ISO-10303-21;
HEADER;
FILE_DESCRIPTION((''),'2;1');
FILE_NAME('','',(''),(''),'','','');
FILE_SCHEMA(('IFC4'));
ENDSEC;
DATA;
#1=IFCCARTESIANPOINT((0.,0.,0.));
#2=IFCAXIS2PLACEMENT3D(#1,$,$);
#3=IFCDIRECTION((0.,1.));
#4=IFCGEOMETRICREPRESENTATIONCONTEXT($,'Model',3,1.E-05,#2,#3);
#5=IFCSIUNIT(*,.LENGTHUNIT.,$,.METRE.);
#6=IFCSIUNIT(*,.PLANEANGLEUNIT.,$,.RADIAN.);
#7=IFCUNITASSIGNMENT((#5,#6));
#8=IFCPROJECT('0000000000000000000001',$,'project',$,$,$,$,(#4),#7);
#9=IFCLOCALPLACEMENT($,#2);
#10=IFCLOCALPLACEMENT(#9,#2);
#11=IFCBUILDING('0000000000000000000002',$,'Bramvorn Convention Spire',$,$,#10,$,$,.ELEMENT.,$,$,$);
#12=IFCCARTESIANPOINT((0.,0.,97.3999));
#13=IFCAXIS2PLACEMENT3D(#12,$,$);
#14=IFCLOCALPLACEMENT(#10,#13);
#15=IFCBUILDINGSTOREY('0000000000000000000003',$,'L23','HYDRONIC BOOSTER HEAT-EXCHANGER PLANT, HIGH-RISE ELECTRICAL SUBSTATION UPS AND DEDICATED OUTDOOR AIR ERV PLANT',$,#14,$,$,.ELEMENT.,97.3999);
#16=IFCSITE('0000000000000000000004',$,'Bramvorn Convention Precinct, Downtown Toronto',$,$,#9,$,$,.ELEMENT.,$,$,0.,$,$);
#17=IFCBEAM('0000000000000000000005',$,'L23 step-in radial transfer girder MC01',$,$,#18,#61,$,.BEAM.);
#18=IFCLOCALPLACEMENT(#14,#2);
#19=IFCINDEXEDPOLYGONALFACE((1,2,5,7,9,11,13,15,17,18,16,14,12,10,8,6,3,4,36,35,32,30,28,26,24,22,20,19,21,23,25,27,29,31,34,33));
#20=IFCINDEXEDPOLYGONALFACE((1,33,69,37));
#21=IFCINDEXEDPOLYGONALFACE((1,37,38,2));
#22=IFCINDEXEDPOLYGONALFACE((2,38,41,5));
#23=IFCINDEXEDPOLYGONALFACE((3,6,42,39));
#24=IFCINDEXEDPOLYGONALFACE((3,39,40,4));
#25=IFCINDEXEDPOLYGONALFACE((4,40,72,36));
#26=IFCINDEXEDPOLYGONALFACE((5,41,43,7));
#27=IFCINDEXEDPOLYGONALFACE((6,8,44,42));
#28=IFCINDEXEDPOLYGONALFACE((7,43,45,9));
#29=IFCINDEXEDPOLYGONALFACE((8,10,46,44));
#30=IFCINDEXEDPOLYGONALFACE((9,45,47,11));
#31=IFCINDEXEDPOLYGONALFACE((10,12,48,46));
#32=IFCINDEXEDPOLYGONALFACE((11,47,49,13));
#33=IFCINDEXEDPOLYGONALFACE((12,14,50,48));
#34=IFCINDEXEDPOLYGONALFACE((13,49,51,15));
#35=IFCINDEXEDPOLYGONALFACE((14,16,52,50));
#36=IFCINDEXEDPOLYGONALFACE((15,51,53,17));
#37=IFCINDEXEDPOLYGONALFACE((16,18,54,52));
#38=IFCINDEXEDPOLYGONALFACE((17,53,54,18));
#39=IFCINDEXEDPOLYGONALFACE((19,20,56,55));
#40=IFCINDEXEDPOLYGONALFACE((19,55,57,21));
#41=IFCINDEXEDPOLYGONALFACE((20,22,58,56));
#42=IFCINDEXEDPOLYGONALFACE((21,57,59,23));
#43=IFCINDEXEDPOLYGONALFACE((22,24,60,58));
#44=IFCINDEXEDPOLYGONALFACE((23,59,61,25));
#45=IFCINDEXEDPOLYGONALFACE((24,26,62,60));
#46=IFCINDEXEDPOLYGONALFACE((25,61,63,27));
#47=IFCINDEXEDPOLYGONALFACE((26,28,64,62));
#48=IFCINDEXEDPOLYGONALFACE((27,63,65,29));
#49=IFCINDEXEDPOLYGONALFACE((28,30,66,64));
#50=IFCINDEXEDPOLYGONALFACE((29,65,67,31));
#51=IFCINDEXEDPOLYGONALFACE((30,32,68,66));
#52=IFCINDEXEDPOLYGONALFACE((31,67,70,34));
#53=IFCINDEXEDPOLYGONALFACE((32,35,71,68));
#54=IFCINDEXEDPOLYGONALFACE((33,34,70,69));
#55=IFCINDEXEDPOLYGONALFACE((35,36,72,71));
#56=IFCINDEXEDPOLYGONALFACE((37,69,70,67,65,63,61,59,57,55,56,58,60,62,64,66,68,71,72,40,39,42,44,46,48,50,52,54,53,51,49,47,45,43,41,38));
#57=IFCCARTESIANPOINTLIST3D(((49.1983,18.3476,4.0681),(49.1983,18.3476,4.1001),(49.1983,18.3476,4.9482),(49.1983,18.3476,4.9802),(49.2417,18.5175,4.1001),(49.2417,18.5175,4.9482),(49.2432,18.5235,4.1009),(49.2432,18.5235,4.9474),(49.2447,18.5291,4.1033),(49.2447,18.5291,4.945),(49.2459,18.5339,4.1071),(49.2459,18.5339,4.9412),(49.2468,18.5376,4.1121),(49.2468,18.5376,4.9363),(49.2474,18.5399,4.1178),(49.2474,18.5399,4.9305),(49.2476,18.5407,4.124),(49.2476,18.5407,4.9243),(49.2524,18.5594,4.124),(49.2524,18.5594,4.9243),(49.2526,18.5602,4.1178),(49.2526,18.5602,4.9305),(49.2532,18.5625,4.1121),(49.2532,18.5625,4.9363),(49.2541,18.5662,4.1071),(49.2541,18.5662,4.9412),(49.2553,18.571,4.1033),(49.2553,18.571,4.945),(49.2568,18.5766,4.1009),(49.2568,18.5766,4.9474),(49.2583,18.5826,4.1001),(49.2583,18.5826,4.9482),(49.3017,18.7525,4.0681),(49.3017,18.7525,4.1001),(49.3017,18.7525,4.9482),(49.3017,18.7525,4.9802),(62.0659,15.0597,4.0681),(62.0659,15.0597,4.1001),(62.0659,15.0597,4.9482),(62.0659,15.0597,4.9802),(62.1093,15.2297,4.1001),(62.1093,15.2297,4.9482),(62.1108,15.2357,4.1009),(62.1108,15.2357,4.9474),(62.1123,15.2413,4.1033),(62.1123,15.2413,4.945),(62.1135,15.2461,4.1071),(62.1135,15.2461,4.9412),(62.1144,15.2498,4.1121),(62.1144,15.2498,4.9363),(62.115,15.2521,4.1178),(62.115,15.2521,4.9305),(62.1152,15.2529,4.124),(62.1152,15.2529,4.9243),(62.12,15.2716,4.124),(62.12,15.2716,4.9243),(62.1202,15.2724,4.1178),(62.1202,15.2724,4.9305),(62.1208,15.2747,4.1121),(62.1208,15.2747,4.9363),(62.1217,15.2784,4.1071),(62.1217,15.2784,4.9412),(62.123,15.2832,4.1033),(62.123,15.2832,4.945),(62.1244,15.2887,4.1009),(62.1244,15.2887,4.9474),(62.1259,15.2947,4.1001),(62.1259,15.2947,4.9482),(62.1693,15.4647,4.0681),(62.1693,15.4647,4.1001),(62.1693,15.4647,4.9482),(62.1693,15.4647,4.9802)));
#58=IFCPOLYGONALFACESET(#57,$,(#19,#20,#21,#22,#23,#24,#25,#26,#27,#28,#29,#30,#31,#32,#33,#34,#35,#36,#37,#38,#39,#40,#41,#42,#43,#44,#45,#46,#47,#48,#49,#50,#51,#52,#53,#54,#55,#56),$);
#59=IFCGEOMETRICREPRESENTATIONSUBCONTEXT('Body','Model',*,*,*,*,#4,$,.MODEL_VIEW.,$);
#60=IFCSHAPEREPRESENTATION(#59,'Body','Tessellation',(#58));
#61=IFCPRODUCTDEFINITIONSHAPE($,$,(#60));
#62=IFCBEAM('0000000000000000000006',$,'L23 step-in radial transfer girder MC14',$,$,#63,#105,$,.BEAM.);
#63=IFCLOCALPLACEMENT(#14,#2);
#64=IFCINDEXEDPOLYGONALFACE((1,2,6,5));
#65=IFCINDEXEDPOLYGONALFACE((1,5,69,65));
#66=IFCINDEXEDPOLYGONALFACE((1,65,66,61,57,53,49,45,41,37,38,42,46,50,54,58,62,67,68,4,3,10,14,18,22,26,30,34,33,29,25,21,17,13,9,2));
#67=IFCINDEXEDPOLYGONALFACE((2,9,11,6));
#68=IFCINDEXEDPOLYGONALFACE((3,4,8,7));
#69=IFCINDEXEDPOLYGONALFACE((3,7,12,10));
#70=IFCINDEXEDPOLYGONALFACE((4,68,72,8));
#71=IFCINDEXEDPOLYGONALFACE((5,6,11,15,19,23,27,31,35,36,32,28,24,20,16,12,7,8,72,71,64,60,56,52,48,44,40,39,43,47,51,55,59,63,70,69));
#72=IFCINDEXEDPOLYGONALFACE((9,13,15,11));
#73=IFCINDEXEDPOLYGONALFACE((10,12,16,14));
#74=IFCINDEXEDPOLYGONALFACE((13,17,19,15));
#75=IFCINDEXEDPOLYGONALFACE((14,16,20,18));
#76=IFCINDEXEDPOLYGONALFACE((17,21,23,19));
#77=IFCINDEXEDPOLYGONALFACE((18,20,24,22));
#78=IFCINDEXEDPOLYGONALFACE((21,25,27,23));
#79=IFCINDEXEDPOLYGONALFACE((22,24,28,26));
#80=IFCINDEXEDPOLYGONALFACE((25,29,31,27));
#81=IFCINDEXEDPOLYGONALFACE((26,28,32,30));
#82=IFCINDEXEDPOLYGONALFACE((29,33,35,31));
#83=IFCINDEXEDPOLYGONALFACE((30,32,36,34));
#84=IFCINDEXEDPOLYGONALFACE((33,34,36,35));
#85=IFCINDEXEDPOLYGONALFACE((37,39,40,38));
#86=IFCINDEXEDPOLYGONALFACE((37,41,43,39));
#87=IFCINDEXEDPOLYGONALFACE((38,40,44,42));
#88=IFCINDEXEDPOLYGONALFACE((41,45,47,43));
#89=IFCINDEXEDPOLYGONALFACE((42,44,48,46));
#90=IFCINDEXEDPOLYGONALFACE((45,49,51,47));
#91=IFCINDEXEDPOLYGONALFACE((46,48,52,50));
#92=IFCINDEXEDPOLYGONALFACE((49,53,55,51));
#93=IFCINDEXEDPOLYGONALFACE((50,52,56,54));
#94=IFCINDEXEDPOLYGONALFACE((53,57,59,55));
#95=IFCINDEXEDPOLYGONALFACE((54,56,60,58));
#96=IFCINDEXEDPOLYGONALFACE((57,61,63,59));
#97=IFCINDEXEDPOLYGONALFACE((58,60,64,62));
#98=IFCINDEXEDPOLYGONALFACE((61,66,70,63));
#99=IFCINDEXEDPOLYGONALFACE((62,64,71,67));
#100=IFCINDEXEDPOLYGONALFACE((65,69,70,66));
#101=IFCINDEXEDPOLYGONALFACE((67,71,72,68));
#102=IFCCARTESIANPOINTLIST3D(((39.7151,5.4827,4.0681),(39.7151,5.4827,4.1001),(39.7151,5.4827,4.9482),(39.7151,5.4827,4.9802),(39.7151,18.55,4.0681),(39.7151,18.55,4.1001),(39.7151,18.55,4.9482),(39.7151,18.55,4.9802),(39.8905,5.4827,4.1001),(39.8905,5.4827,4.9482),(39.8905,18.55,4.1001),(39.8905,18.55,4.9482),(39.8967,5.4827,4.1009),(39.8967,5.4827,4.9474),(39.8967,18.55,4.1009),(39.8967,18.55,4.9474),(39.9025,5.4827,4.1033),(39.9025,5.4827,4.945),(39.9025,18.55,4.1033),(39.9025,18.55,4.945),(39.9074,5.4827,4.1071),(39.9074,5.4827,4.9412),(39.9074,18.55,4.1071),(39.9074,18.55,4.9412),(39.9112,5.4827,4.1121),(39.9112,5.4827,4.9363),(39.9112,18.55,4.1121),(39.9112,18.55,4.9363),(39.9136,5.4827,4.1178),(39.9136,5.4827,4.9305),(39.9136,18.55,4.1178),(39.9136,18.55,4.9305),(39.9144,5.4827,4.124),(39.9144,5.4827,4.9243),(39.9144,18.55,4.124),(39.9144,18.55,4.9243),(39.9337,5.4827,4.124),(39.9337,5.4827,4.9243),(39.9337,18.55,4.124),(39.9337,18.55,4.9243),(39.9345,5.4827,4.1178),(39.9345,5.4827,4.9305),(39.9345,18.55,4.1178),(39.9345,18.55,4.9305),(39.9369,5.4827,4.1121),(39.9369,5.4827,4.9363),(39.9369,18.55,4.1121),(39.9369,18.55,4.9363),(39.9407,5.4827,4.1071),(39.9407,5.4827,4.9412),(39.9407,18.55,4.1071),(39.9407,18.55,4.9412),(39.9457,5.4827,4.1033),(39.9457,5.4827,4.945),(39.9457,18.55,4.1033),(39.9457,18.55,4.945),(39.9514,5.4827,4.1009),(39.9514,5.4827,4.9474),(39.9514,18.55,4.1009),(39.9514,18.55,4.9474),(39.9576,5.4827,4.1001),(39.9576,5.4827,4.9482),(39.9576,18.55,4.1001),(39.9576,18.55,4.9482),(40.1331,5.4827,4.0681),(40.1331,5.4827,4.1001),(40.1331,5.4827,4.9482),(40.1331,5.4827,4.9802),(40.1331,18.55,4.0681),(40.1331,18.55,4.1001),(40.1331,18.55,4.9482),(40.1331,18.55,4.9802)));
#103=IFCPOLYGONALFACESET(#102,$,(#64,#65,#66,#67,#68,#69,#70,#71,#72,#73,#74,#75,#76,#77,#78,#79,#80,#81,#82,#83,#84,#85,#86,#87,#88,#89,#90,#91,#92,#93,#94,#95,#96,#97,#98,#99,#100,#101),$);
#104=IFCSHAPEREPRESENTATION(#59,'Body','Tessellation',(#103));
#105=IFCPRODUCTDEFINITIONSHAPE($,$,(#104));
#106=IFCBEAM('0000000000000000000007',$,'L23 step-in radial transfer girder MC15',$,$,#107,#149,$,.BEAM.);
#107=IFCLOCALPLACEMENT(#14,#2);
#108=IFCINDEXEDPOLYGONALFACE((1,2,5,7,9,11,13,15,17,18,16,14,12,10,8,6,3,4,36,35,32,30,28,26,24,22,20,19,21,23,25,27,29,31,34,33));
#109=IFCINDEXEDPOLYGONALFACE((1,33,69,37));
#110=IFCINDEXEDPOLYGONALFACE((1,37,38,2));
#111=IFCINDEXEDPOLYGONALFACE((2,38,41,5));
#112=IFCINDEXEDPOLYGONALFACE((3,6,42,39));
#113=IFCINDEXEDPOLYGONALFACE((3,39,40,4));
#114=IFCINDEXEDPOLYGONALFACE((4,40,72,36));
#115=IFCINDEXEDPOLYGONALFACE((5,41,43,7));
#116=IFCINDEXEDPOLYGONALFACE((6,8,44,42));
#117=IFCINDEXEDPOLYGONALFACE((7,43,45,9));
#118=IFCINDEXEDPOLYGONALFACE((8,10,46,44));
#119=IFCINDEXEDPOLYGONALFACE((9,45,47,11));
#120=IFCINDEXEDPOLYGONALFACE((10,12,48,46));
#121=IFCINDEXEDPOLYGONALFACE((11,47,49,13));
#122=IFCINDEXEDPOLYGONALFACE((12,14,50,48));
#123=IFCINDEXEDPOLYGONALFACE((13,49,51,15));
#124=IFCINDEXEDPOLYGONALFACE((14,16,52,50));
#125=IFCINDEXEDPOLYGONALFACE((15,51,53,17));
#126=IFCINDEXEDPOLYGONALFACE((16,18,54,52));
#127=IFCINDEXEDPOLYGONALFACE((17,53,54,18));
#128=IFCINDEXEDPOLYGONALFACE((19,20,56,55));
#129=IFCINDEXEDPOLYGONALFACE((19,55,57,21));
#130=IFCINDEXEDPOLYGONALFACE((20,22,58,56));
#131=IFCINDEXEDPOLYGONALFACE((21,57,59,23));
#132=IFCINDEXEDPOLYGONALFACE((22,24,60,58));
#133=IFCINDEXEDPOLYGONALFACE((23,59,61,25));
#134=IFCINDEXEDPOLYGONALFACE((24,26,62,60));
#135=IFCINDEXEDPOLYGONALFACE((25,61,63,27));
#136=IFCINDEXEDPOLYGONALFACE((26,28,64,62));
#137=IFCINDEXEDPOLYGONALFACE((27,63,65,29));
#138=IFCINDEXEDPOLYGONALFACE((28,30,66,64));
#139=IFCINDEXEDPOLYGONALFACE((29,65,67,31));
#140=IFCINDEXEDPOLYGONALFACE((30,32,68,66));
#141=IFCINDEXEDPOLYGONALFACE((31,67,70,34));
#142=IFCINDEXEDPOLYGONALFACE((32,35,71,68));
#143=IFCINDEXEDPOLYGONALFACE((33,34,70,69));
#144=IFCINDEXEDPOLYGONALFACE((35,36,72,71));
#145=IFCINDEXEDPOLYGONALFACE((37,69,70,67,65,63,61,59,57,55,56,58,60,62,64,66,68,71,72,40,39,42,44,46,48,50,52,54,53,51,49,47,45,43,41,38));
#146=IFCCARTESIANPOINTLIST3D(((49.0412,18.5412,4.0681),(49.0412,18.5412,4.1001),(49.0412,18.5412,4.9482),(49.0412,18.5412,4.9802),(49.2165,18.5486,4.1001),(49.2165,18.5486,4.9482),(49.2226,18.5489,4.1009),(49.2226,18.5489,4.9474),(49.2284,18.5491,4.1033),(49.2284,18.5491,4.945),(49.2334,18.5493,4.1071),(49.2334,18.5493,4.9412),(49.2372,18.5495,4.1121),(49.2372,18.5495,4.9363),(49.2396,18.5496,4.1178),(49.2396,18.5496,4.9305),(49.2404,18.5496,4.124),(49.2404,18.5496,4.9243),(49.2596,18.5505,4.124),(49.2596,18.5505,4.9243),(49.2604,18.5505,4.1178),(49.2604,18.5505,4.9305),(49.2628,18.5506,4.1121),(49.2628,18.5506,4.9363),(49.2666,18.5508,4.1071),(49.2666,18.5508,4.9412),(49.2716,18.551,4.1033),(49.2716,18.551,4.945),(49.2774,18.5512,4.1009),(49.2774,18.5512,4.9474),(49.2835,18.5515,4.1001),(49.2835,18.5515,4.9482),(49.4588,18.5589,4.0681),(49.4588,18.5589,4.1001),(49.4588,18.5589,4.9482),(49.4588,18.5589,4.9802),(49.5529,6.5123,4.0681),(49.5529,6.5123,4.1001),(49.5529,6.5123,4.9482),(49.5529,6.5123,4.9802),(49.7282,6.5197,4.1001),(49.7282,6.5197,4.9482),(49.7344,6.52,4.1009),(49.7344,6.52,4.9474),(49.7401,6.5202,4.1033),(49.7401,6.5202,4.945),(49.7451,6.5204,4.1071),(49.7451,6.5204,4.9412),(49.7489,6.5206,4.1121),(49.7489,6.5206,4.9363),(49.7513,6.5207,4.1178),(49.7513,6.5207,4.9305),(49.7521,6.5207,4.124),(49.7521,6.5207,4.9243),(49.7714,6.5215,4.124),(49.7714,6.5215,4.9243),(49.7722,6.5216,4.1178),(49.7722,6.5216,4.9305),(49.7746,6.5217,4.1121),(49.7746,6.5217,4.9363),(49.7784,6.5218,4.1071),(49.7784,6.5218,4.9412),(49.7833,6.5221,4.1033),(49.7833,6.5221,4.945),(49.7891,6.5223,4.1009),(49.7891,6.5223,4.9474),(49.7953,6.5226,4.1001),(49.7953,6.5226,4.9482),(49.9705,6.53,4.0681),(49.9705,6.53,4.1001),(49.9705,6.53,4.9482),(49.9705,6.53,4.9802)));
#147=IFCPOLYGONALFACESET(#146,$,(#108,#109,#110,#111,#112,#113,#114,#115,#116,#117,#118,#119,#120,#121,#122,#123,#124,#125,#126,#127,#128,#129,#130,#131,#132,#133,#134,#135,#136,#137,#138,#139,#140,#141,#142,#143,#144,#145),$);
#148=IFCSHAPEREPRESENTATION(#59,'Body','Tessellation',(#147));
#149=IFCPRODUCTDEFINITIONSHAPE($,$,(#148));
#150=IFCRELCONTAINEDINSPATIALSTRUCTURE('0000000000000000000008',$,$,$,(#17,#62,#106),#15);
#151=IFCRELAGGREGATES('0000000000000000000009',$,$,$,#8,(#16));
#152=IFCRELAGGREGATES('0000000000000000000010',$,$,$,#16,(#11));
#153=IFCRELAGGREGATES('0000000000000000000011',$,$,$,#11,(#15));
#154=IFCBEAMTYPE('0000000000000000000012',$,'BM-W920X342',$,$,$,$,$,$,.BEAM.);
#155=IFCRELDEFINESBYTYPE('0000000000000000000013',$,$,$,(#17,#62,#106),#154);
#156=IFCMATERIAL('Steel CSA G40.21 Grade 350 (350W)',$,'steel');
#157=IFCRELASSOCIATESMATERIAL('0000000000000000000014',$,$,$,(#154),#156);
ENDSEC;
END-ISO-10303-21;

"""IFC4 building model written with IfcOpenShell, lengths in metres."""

from ifc_helpers import new_model, si_unit, direction, frame, origin, origin_2d, place, context, subcontext, project, spatial, i_section, extrude, material, material_profile, profile_set, type_object, element, save


model = new_model("IFC4")

# Units and contexts
model_context = context("Model", 3, precision=1e-05, world=origin(), true_north=direction((0.0, 1.0)))
body_context = subcontext(model_context, "Body", "Model", "MODEL_VIEW")
ifc_project = project(units=[si_unit("LENGTHUNIT", "METRE"), si_unit("PLANEANGLEUNIT", "RADIAN")], contexts=[model_context])

# Site, building, storey
site_placement = place(None, origin())
site = spatial("IfcSite", under=ifc_project, at=site_placement, Name="Bramvorn Convention Precinct, Downtown Toronto", CompositionType="ELEMENT", RefElevation=0.0)
building_placement = place(site_placement, origin())
building = spatial("IfcBuilding", under=site, at=building_placement, Name="Bramvorn Convention Spire", CompositionType="ELEMENT")
storey_placement = place(building_placement, frame((0.0, 0.0, 97.3999)))
storey = spatial("IfcBuildingStorey", under=building, at=storey_placement, Name="L23", Description="HYDRONIC BOOSTER HEAT-EXCHANGER PLANT, HIGH-RISE ELECTRICAL SUBSTATION UPS AND DEDICATED OUTDOOR AIR ERV PLANT", CompositionType="ELEMENT", Elevation=97.3999)

# Beams
ifc_material_1 = material(Name="Steel CSA G40.21 Grade 350 (350W)", Category="steel")
ifc_material_profile_1 = material_profile(ifc_material_1, i_section(OverallWidth=0.418, OverallDepth=0.9121, WebThickness=0.0193, FlangeThickness=0.032, FilletRadius=0.0239, at=origin_2d()))
ifc_profile_set_1 = profile_set([ifc_material_profile_1], Name="Steel CSA G40.21 Grade 350 (350W) - W920X342")
beam_type = type_object("IfcBeamType", Name="BM-W920X342", PredefinedType="BEAM", material=ifc_profile_set_1)
beam_1_placement = place(storey_placement, frame((49.25, 18.55, 4.5242), z_axis=(0.968873, -0.247558, 0.0), x_axis=(0.247558, 0.968873, 0.0)))
element("IfcBeam", 1, at=beam_1_placement, inside=storey, type_object=beam_type, Name="L23 step-in radial transfer girder MC01", PredefinedType="BEAM", context=body_context, shape_type="SweptSolid", body=[
    extrude(i_section(OverallWidth=0.418, OverallDepth=0.9121, WebThickness=0.0193, FlangeThickness=0.032, FilletRadius=0.0239, at=origin_2d()), origin(), (0.0, 0.0, 1.0), 13.281),
])
beam_2_placement = place(storey_placement, frame((39.9241, 18.55, 4.5242), z_axis=(0.0, -1.0, 0.0), x_axis=(1.0, 0.0, 0.0)))
element("IfcBeam", 2, at=beam_2_placement, inside=storey, type_object=beam_type, Name="L23 step-in radial transfer girder MC14", PredefinedType="BEAM", context=body_context, shape_type="SweptSolid", body=[
    extrude(i_section(OverallWidth=0.418, OverallDepth=0.9121, WebThickness=0.0193, FlangeThickness=0.032, FilletRadius=0.0239, at=origin_2d()), origin(), (0.0, 0.0, 1.0), 13.0674),
])
beam_3_placement = place(storey_placement, frame((49.25, 18.55, 4.5242), z_axis=(0.042503, -0.999096, 0.0), x_axis=(0.999096, 0.042503, 0.0)))
element("IfcBeam", 3, at=beam_3_placement, inside=storey, type_object=beam_type, Name="L23 step-in radial transfer girder MC15", PredefinedType="BEAM", context=body_context, shape_type="SweptSolid", body=[
    extrude(i_section(OverallWidth=0.418, OverallDepth=0.9121, WebThickness=0.0193, FlangeThickness=0.032, FilletRadius=0.0239, at=origin_2d()), origin(), (0.0, 0.0, 1.0), 12.0398),
])

save(model, "model.ifc")
